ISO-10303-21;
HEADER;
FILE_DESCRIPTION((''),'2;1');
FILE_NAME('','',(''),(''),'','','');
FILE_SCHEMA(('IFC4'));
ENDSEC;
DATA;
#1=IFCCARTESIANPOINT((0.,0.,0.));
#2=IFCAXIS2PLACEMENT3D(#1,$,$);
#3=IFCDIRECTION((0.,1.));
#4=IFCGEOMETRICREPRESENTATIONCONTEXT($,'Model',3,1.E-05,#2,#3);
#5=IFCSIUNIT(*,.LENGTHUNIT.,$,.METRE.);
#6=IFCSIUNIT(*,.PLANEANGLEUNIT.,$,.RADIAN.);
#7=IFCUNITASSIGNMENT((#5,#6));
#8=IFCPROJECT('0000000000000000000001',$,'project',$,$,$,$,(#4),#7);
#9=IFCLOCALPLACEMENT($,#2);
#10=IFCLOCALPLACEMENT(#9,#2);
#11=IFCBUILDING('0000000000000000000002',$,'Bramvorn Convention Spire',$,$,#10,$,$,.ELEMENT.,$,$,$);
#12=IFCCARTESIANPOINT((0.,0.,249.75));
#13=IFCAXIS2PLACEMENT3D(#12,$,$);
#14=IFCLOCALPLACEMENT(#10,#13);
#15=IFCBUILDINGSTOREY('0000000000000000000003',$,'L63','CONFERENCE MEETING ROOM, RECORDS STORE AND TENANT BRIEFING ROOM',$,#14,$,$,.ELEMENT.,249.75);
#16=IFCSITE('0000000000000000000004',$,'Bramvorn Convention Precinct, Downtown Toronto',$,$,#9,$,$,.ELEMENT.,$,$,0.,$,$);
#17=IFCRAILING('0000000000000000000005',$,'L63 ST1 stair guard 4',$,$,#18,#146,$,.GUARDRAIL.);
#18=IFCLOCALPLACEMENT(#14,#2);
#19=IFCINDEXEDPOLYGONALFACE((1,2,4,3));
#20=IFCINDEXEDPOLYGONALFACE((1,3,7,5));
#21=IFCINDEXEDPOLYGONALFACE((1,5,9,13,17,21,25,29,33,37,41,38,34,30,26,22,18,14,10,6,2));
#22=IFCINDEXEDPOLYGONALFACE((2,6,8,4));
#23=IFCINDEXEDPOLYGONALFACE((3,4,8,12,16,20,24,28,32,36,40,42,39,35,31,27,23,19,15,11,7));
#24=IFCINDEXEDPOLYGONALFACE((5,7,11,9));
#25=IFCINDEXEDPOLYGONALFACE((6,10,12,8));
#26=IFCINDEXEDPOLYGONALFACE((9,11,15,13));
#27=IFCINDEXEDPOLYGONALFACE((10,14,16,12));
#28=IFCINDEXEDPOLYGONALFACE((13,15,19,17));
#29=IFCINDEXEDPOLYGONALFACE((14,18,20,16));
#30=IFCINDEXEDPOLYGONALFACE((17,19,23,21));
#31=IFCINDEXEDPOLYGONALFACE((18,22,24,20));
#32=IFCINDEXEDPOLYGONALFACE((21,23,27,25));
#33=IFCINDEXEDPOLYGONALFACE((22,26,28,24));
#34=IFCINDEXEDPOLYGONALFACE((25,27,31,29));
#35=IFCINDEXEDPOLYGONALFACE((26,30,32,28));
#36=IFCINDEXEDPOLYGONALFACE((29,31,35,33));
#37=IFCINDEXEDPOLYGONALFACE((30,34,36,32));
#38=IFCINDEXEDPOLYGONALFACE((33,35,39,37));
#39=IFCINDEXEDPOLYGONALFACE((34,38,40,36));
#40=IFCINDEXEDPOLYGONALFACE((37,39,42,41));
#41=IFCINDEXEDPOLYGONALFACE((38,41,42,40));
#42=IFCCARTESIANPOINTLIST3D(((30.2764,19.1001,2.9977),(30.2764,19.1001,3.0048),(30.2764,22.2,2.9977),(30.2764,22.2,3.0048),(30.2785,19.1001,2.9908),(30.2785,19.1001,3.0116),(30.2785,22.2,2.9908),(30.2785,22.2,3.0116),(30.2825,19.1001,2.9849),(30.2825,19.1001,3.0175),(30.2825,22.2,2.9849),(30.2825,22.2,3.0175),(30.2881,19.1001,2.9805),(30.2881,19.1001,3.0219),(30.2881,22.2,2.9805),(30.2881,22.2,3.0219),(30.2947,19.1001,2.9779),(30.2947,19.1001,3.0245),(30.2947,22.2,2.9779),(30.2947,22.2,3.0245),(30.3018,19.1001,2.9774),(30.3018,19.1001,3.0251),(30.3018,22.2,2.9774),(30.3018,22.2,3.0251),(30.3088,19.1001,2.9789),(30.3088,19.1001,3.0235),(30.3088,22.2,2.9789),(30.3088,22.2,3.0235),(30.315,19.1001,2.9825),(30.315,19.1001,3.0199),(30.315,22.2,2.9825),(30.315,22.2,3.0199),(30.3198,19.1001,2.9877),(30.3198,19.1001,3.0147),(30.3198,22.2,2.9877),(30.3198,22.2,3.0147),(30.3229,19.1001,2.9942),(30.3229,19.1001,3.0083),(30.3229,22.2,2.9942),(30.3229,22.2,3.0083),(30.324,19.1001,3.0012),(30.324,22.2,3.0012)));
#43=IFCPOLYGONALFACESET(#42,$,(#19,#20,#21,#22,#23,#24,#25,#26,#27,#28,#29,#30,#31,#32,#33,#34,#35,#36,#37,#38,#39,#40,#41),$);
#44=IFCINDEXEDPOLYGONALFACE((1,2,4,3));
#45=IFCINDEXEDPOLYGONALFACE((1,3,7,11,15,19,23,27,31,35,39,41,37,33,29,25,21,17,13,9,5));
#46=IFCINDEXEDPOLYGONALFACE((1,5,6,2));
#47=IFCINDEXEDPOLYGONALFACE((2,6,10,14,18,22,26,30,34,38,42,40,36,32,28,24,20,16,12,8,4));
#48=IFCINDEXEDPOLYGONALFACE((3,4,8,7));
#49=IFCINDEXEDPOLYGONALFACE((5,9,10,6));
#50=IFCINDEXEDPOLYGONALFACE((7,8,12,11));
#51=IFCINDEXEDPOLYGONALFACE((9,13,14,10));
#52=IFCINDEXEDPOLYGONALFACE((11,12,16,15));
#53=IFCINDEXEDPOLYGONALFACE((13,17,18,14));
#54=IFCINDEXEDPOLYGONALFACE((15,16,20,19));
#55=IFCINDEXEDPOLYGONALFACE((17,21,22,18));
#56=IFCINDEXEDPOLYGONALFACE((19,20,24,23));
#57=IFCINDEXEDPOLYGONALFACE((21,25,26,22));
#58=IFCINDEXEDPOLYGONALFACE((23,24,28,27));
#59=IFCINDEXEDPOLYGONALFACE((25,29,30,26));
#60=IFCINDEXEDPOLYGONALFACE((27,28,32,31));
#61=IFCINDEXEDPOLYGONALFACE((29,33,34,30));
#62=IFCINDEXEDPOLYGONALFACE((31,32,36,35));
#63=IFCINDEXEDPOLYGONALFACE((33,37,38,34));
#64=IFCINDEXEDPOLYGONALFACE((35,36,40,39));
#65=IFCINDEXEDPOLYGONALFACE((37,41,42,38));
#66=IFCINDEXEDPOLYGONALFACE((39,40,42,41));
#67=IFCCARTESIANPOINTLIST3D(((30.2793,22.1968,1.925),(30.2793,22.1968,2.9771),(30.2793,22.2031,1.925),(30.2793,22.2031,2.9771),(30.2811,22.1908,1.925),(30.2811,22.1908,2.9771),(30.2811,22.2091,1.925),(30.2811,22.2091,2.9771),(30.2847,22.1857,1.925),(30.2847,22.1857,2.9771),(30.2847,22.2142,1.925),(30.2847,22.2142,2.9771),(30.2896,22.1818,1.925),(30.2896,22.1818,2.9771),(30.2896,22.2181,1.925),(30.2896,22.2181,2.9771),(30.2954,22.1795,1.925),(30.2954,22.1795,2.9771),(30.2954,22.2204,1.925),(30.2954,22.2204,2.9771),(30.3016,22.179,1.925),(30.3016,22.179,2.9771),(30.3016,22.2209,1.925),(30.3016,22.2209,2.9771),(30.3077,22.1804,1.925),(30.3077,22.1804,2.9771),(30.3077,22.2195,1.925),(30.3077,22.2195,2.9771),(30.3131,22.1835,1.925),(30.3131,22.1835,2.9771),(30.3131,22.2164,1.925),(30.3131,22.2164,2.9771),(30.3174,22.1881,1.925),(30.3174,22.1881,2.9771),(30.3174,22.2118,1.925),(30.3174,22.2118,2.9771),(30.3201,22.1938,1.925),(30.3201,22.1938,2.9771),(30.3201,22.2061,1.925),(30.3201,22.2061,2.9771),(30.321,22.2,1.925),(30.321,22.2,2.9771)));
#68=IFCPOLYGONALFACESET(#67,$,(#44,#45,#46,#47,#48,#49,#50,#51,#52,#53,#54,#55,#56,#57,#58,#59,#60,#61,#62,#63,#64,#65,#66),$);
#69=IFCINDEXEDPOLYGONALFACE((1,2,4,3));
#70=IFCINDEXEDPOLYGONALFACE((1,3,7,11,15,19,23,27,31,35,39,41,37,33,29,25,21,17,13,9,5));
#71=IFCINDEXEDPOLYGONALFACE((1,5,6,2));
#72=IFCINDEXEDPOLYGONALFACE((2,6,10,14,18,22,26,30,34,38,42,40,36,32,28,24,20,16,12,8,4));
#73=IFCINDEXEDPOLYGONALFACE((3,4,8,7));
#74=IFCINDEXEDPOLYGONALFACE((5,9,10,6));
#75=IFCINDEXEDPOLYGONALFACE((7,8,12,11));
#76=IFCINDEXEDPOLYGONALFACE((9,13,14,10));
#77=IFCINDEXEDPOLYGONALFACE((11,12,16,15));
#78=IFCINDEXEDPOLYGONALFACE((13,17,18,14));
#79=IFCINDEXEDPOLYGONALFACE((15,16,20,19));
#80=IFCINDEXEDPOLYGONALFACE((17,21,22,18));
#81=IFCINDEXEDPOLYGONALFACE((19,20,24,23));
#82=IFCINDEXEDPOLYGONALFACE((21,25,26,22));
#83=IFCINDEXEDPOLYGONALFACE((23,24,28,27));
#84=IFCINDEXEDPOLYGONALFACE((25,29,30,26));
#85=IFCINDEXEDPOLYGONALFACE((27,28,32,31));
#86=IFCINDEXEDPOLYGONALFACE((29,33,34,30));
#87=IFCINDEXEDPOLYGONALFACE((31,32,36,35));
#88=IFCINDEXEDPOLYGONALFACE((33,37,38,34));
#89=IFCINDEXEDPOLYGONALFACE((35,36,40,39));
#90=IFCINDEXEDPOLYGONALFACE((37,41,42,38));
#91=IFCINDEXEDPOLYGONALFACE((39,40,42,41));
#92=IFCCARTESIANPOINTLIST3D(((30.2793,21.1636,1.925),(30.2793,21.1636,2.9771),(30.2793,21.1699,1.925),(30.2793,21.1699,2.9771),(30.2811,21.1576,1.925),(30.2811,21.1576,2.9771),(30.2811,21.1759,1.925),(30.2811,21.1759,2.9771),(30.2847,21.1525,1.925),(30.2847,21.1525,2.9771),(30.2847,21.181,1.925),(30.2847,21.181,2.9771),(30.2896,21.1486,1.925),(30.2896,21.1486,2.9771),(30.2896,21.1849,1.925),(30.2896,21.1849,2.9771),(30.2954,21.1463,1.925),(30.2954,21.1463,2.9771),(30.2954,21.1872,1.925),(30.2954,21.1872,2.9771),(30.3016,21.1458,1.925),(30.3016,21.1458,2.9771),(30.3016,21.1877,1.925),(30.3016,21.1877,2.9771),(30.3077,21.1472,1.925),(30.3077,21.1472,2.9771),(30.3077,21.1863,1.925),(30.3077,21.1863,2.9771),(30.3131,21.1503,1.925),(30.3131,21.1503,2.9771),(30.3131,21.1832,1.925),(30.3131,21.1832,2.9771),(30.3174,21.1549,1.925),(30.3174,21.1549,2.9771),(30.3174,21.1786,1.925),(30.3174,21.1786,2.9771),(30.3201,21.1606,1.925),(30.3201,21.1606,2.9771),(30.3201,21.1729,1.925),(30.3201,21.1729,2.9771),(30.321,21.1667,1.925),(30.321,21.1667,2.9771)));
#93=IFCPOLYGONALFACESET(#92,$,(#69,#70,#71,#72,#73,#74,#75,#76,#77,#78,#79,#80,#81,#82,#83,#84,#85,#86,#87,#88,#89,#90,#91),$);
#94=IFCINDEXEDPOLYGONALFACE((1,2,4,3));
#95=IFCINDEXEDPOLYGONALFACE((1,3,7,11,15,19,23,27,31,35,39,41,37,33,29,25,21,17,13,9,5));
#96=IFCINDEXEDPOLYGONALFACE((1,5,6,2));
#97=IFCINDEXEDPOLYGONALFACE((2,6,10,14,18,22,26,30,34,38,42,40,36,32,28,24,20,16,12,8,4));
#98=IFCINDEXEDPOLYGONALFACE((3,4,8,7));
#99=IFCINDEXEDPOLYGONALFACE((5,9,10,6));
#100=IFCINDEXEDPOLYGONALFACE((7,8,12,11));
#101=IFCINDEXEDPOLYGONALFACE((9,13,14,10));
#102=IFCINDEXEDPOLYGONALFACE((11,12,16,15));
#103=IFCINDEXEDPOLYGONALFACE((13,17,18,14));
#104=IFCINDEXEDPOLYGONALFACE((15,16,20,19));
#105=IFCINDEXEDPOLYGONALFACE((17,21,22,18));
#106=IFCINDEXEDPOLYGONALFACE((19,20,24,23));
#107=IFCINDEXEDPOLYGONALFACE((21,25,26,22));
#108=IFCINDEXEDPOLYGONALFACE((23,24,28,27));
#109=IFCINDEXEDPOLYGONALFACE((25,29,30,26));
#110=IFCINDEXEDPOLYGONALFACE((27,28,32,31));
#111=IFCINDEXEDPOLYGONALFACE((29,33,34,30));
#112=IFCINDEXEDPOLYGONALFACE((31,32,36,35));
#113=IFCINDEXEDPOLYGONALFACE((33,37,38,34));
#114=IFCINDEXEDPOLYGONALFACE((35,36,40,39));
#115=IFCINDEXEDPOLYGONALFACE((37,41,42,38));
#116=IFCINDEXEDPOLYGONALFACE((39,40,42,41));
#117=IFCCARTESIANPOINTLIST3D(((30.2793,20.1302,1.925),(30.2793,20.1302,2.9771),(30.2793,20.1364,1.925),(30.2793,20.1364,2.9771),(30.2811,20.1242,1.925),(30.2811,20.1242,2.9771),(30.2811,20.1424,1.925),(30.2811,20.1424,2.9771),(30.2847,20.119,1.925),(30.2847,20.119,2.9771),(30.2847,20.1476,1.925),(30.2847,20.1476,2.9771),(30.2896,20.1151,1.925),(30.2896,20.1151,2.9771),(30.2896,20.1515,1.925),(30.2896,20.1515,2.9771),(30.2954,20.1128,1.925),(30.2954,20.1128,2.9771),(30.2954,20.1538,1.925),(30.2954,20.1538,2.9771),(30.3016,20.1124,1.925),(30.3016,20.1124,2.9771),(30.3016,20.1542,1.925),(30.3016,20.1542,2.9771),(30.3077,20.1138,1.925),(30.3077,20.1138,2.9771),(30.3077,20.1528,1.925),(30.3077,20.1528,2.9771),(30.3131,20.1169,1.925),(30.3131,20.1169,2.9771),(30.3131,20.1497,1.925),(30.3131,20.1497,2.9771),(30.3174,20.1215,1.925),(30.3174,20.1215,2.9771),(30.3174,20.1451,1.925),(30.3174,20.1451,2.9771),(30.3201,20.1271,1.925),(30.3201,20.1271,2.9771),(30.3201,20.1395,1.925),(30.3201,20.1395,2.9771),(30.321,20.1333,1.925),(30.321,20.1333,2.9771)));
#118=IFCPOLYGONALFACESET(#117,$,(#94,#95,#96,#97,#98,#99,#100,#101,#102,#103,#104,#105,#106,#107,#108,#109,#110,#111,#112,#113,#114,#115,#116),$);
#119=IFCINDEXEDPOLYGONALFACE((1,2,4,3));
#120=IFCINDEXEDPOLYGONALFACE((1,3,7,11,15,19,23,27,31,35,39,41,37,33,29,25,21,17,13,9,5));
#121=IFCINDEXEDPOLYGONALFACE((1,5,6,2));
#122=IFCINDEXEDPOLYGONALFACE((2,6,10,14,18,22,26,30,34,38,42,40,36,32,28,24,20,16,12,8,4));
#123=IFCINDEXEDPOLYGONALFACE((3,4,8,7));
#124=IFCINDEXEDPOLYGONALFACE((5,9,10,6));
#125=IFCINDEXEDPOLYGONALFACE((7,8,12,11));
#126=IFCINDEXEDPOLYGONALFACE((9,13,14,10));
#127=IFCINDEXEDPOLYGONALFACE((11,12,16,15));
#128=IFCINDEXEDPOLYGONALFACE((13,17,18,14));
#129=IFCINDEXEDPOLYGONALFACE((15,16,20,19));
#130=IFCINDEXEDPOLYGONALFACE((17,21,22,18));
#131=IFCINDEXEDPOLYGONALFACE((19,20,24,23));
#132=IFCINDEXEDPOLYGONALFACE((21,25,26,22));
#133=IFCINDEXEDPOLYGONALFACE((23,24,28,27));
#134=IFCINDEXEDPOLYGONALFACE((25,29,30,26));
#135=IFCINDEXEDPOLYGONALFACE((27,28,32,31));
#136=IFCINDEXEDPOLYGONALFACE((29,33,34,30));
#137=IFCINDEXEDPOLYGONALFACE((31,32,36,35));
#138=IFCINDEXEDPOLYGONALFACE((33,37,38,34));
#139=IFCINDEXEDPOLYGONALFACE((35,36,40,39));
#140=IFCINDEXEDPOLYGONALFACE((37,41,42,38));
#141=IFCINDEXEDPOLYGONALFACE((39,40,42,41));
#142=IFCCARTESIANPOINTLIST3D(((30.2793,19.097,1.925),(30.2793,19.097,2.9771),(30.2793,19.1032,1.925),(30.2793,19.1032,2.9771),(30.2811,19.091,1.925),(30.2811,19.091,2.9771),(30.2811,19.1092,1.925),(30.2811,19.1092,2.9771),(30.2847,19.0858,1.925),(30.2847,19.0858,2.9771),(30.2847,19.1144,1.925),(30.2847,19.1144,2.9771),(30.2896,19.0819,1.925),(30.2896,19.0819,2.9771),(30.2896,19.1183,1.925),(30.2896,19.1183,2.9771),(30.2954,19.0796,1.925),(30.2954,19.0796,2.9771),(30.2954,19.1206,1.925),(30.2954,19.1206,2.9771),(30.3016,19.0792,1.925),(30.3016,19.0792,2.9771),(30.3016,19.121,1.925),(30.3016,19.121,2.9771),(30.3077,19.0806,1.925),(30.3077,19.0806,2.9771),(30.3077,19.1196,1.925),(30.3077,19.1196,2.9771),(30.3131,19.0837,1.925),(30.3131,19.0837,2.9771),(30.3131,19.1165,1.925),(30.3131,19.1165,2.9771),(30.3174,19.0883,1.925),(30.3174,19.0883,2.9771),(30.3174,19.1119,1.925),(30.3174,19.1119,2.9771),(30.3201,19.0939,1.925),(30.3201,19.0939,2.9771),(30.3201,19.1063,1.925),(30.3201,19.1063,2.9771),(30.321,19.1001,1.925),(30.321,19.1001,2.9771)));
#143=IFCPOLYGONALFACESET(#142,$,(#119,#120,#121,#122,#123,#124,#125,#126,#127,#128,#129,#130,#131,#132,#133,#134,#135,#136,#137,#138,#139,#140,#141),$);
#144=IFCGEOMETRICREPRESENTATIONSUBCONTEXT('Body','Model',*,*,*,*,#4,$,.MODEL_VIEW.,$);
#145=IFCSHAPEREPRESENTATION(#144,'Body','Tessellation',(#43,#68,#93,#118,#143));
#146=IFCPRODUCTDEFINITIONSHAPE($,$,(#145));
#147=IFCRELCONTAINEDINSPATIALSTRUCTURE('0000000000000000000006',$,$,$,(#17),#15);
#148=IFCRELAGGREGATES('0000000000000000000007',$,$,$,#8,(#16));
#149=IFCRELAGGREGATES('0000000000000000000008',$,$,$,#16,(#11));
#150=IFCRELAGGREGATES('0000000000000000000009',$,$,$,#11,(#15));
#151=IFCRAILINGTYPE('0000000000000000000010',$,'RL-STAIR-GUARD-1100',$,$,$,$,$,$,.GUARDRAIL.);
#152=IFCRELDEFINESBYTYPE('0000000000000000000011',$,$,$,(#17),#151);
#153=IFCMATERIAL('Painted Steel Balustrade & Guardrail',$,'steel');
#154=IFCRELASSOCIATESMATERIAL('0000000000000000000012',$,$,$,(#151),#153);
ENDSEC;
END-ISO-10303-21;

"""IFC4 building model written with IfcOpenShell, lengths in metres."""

from ifc_helpers import new_model, si_unit, direction, frame, origin, origin_2d, place, context, subcontext, project, spatial, circle, extrude, material, type_object, element, save


model = new_model("IFC4")

# Units and contexts
model_context = context("Model", 3, precision=1e-05, world=origin(), true_north=direction((0.0, 1.0)))
body_context = subcontext(model_context, "Body", "Model", "MODEL_VIEW")
ifc_project = project(units=[si_unit("LENGTHUNIT", "METRE"), si_unit("PLANEANGLEUNIT", "RADIAN")], contexts=[model_context])

# Site, building, storey
site_placement = place(None, origin())
site = spatial("IfcSite", under=ifc_project, at=site_placement, Name="Bramvorn Convention Precinct, Downtown Toronto", CompositionType="ELEMENT", RefElevation=0.0)
building_placement = place(site_placement, origin())
building = spatial("IfcBuilding", under=site, at=building_placement, Name="Bramvorn Convention Spire", CompositionType="ELEMENT")
storey_placement = place(building_placement, frame((0.0, 0.0, 249.75)))
storey = spatial("IfcBuildingStorey", under=building, at=storey_placement, Name="L63", Description="CONFERENCE MEETING ROOM, RECORDS STORE AND TENANT BRIEFING ROOM", CompositionType="ELEMENT", Elevation=249.75)

# Railing
ifc_material_1 = material(Name="Painted Steel Balustrade & Guardrail", Category="steel")
railing_type_1 = type_object("IfcRailingType", Name="RL-STAIR-GUARD-1100", PredefinedType="GUARDRAIL", material=ifc_material_1)
for number, where, name in (
    (1, (30.3, 22.2, 1.925), "L63 ST1 stair guard 4"),
):
    element("IfcRailing", number, at=place(storey_placement, frame(where)), inside=storey, type_object=railing_type_1, Name=name, PredefinedType="GUARDRAIL", context=body_context, shape_type="SweptSolid", body=[
        extrude(circle(Radius=0.0239, at=origin_2d()), frame((0.0, 0.0, 1.0762), z_axis=(0.0, -1.0, 0.0), x_axis=(1.0, 0.0, 0.0)), (0.0, 0.0, 1.0), 3.0999),
        extrude(circle(Radius=0.021, at=origin_2d()), origin(), (0.0, 0.0, 1.0), 1.052),
        extrude(circle(Radius=0.021, at=origin_2d()), frame((0.0, -1.0332, 0.0)), (0.0, 0.0, 1.0), 1.052),
        extrude(circle(Radius=0.021, at=origin_2d()), frame((0.0, -2.0667, 0.0)), (0.0, 0.0, 1.0), 1.052),
        extrude(circle(Radius=0.021, at=origin_2d()), frame((0.0, -3.0999, 0.0)), (0.0, 0.0, 1.0), 1.052),
    ])

save(model, "model.ifc")
